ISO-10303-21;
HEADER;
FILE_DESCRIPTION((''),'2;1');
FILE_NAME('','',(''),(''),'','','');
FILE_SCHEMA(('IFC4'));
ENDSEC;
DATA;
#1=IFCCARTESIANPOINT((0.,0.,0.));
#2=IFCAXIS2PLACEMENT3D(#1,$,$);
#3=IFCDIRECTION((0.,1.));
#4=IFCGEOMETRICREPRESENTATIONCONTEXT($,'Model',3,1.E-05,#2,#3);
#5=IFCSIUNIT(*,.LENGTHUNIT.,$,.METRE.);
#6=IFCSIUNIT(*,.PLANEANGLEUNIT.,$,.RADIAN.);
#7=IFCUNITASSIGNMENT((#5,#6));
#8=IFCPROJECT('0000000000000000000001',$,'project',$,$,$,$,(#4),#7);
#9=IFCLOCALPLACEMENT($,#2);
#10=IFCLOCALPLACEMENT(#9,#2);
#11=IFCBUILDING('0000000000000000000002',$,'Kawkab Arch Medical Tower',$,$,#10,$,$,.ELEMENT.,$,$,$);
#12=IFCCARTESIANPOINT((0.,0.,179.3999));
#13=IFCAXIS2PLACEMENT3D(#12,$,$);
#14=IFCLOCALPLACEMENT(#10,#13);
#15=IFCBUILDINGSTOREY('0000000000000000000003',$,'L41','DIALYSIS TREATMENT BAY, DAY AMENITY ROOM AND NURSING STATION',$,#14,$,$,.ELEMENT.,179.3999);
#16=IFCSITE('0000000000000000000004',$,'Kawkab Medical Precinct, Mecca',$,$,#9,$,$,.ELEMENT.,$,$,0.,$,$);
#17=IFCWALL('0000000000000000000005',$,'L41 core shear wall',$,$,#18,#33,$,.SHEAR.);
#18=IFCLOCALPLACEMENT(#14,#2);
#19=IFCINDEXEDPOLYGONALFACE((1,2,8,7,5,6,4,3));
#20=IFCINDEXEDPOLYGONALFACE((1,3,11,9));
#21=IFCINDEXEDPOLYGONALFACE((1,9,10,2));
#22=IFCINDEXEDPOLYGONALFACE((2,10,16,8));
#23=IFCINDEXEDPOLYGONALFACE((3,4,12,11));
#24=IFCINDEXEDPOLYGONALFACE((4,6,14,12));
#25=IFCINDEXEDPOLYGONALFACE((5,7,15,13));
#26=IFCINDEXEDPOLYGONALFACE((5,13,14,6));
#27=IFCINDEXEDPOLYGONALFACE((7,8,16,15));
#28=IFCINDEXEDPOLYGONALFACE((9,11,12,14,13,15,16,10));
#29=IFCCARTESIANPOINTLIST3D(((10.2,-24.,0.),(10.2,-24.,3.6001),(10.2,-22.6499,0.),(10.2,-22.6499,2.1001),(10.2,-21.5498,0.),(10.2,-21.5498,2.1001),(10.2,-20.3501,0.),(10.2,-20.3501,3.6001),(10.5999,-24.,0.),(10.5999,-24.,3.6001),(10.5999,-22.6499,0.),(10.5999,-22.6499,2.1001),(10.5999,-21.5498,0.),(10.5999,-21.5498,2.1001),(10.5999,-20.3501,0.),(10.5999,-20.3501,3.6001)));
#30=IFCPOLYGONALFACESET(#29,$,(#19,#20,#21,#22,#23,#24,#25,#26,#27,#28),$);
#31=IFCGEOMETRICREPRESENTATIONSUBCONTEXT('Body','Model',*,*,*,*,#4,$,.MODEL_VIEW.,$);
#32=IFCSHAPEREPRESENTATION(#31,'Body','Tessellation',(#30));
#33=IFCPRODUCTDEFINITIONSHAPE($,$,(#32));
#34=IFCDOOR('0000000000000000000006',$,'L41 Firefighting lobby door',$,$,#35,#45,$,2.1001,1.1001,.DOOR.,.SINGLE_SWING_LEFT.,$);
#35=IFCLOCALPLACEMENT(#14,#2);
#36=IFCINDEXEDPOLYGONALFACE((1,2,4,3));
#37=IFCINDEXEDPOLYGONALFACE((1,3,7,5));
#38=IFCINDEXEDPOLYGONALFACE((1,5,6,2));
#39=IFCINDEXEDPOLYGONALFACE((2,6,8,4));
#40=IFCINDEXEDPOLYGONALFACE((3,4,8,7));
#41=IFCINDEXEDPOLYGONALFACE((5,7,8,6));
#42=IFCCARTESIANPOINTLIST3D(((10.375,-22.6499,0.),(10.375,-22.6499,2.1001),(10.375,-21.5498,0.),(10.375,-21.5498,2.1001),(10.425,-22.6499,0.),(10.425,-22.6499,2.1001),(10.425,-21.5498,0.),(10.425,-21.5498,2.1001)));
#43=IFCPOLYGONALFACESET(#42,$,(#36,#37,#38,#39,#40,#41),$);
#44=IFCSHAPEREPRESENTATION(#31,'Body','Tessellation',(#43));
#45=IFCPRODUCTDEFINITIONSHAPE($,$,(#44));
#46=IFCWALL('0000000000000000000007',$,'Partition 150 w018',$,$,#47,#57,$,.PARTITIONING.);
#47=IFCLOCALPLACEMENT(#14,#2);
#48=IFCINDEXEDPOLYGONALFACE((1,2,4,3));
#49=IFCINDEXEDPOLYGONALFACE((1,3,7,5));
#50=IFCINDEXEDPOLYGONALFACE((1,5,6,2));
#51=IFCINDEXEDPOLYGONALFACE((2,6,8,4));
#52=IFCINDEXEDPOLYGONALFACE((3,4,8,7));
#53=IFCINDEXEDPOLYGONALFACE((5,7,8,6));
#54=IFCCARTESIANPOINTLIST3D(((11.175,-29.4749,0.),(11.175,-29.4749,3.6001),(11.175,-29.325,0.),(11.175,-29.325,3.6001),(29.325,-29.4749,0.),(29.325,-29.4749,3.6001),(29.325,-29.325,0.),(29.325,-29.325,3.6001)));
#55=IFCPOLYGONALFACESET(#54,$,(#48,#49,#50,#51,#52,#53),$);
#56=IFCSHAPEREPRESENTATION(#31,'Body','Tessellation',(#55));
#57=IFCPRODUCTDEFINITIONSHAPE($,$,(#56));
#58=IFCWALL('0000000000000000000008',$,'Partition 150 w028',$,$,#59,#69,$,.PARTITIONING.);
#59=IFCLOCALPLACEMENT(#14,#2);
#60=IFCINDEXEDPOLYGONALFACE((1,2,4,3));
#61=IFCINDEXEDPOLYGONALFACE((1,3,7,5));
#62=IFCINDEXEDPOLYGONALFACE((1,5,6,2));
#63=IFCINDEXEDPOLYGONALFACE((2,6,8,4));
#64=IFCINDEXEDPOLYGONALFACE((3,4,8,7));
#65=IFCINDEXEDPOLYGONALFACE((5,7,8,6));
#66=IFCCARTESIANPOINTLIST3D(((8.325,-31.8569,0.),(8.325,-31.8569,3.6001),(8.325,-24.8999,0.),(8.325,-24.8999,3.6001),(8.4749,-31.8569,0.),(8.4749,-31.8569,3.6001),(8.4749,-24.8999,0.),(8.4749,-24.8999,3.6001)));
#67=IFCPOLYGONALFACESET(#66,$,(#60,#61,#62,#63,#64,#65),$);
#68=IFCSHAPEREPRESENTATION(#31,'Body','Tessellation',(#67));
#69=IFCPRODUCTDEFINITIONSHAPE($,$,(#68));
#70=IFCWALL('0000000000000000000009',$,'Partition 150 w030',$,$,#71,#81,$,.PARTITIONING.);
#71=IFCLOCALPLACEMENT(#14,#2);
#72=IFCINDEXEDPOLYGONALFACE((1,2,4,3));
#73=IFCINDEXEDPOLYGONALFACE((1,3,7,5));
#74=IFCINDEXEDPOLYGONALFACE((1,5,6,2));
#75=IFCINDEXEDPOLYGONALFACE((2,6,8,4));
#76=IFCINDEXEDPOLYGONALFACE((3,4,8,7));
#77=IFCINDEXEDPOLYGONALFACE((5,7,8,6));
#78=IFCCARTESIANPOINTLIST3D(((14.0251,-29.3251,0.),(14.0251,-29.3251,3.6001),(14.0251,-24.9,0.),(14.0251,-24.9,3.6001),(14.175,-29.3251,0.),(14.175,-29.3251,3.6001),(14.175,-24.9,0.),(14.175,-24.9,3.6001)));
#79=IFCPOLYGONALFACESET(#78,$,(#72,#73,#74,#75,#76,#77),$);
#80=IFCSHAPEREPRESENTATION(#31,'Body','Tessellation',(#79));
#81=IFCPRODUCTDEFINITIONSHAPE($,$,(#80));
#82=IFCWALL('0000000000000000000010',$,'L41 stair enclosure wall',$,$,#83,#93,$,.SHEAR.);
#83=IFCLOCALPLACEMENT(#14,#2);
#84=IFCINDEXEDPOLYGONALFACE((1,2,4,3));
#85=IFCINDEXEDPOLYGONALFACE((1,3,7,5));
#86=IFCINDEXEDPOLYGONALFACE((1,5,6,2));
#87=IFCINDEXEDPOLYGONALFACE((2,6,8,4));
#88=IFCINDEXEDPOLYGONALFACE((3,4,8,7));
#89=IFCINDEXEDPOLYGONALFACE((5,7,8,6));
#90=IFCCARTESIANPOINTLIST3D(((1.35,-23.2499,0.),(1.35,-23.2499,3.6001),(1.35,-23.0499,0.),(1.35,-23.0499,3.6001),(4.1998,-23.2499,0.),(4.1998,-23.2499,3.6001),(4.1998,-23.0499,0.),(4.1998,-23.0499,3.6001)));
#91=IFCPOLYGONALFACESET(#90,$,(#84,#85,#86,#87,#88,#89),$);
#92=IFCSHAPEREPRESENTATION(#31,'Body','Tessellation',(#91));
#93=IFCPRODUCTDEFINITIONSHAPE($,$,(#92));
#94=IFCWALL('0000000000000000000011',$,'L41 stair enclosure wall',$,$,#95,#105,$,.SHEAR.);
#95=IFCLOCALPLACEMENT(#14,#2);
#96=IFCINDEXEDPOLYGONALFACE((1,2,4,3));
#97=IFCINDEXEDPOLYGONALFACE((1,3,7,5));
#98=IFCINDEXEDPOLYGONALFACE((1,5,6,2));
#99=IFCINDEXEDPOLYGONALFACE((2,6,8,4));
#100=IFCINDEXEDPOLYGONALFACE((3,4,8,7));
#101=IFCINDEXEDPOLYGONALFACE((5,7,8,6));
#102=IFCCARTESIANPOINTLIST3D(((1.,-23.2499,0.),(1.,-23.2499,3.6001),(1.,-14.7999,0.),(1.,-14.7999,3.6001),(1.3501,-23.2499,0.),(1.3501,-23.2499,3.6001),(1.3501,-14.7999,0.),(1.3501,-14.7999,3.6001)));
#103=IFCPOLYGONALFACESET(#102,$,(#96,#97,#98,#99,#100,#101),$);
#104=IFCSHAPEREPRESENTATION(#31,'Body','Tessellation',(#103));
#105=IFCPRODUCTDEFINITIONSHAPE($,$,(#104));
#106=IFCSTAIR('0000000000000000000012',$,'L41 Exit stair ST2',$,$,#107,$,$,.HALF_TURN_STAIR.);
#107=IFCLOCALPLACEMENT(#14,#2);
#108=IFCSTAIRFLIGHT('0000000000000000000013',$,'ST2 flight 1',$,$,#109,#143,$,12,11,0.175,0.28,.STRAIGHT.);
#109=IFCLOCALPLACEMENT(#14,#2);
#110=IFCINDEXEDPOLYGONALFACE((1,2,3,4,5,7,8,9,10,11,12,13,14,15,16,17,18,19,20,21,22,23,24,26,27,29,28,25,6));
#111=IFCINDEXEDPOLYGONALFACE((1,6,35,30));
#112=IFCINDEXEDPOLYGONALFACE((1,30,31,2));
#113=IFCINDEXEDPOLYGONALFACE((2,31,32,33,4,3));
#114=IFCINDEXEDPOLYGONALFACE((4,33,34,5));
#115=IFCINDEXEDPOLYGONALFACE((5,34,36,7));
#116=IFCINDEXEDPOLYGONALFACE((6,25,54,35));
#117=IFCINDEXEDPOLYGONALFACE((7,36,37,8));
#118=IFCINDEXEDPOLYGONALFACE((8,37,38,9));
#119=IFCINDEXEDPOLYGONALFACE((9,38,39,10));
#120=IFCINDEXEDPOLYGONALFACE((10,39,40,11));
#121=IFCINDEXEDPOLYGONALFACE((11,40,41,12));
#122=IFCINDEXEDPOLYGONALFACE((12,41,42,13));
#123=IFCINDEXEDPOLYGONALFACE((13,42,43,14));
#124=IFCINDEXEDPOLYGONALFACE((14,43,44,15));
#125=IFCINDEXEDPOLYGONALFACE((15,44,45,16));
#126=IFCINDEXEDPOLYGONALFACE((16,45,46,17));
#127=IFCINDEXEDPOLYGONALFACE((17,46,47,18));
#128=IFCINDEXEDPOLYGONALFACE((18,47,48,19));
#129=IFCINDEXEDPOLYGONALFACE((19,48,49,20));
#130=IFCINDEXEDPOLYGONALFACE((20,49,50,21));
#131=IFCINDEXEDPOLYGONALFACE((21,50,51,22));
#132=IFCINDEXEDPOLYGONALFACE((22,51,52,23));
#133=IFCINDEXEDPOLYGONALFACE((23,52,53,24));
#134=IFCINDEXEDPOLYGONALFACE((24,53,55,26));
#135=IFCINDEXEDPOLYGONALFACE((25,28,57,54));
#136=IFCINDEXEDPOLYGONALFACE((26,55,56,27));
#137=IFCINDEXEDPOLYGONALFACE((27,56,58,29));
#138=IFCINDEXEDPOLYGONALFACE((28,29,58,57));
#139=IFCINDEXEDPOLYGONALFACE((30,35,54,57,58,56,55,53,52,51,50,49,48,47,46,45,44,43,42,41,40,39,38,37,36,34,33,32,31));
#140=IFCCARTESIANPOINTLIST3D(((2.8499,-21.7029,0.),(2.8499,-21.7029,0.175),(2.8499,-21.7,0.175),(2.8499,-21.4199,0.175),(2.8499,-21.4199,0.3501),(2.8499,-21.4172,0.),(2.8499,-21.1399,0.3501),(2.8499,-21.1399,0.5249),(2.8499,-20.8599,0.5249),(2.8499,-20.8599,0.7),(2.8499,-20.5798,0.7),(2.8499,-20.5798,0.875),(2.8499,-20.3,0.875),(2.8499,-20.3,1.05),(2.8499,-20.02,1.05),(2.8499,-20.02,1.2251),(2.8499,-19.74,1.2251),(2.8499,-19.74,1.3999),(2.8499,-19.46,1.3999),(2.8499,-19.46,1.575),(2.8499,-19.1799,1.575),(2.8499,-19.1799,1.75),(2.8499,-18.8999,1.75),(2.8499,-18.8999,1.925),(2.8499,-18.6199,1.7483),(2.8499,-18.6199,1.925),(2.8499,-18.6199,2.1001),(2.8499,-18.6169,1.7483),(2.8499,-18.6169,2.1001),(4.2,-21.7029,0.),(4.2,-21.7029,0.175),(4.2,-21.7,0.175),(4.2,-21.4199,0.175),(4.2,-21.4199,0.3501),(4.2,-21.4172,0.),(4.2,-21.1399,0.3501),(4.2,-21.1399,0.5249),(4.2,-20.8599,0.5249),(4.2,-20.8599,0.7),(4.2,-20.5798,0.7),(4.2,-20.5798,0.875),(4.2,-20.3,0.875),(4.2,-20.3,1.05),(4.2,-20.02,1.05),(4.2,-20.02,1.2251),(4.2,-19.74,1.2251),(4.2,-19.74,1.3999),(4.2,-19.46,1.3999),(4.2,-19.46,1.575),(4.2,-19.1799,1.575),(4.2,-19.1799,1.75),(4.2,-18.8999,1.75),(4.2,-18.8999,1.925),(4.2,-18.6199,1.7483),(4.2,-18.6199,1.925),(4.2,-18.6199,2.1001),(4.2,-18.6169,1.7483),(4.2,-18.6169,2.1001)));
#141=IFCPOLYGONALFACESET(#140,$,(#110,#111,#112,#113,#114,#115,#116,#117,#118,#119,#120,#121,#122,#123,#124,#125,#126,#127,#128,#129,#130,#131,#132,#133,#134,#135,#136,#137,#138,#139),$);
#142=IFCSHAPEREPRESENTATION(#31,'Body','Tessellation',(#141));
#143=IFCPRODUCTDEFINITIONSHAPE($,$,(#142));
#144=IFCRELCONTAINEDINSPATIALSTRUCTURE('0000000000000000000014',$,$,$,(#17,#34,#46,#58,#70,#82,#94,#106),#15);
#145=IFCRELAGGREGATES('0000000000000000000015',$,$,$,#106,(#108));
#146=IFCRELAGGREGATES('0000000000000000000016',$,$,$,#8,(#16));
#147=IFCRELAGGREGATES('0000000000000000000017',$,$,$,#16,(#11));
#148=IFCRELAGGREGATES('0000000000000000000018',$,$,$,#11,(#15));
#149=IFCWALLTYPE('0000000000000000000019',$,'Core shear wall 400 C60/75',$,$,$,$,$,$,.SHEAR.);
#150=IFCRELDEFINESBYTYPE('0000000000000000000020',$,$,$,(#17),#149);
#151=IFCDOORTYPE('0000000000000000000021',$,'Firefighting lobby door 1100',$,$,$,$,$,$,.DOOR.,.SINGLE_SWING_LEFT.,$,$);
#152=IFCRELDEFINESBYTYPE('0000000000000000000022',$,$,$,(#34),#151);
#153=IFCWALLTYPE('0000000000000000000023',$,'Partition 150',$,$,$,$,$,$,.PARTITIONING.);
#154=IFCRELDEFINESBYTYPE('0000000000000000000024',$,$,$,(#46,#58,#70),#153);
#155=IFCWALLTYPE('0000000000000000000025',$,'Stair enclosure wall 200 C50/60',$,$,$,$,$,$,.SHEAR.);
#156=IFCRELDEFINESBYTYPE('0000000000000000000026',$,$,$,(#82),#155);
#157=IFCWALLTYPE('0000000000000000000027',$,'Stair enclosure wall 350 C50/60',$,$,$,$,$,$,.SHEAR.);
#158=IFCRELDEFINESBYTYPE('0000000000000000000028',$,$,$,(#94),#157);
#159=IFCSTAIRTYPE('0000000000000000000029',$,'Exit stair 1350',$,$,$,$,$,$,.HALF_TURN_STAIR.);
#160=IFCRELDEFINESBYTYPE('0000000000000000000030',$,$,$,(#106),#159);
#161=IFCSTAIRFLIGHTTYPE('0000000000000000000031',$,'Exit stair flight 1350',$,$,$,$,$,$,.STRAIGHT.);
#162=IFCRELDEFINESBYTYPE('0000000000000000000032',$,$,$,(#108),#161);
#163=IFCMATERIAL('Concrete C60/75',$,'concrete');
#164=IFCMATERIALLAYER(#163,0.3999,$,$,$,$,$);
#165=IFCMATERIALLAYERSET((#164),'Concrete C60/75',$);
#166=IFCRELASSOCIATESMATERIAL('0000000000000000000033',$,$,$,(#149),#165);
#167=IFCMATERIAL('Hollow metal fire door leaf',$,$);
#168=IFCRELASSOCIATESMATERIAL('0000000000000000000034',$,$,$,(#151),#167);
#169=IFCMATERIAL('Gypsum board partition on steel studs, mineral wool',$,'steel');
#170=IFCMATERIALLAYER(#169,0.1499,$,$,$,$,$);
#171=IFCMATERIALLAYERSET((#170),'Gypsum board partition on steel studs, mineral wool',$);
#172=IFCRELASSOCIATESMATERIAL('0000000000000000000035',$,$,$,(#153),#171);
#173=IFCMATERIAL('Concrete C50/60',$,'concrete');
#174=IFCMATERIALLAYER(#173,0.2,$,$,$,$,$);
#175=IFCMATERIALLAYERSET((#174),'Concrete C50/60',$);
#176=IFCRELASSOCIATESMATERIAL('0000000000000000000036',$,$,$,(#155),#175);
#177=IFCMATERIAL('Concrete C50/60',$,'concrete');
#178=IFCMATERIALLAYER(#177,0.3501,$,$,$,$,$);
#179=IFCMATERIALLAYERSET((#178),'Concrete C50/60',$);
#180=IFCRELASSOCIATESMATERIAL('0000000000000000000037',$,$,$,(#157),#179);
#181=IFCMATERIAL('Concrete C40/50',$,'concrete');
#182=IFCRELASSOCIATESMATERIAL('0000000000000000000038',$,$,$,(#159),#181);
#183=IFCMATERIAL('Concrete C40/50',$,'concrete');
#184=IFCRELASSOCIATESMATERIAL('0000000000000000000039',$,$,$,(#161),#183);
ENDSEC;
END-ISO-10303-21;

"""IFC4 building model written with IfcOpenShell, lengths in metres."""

from ifc_helpers import new_model, si_unit, direction, frame, frame_2d, origin, place, context, subcontext, project, spatial, polyline, rectangle, outline, extrude, material, layer, layer_set, type_object, element, fill, aggregate, save


model = new_model("IFC4")

# Units and contexts
model_context = context("Model", 3, precision=1e-05, world=origin(), true_north=direction((0.0, 1.0)))
body_context = subcontext(model_context, "Body", "Model", "MODEL_VIEW")
ifc_project = project(units=[si_unit("LENGTHUNIT", "METRE"), si_unit("PLANEANGLEUNIT", "RADIAN")], contexts=[model_context])

# Site, building, storey
site_placement = place(None, origin())
site = spatial("IfcSite", under=ifc_project, at=site_placement, Name="Kawkab Medical Precinct, Mecca", CompositionType="ELEMENT", RefElevation=0.0)
building_placement = place(site_placement, origin())
building = spatial("IfcBuilding", under=site, at=building_placement, Name="Kawkab Arch Medical Tower", CompositionType="ELEMENT")
storey_placement = place(building_placement, frame((0.0, 0.0, 179.3999)))
storey = spatial("IfcBuildingStorey", under=building, at=storey_placement, Name="L41", Description="DIALYSIS TREATMENT BAY, DAY AMENITY ROOM AND NURSING STATION", CompositionType="ELEMENT", Elevation=179.3999)

# Wall, opening, door
ifc_material_1 = material(Name="Concrete C60/75", Category="concrete")
ifc_layer_1 = layer(ifc_material_1, 0.3999)
ifc_layer_set_1 = layer_set([ifc_layer_1], Name="Concrete C60/75")
wall_type_1 = type_object("IfcWallType", Name="Core shear wall 400 C60/75", PredefinedType="SHEAR", material=ifc_layer_set_1)
wall_1_placement = place(storey_placement, frame((10.3999, -24.0, 0.0), z_axis=(0.0, 0.0, 1.0), x_axis=(0.0, 1.0, 0.0)))
wall_1 = element("IfcWall", 1, at=wall_1_placement, inside=storey, type_object=wall_type_1, Name="L41 core shear wall", PredefinedType="SHEAR", context=body_context, shape_type="SweptSolid", body=[
    extrude(rectangle(XDim=3.6499, YDim=0.3999, at=frame_2d((1.825, 0.0))), origin(), (0.0, 0.0, 1.0), 3.6001),
])
opening_1_placement = place(wall_1_placement, frame((1.3501, 0.0, 0.0)))
opening_1 = element("IfcOpeningElement", 2, at=opening_1_placement, cuts=wall_1, PredefinedType="OPENING", context=body_context, shape_type="SweptSolid", body=[
    extrude(rectangle(XDim=1.1001, YDim=2.1001, at=frame_2d((0.55, 1.05))), frame((0.0, 0.21, 0.0), z_axis=(0.0, -1.0, 0.0), x_axis=(1.0, 0.0, 0.0)), (0.0, 0.0, 1.0), 0.4199),
])
ifc_material_2 = material(Name="Hollow metal fire door leaf")
door_type_1 = type_object("IfcDoorType", Name="Firefighting lobby door 1100", OperationType="SINGLE_SWING_LEFT", PredefinedType="DOOR", material=ifc_material_2)
door_1_placement = place(opening_1_placement, origin())
door_1 = element("IfcDoor", 3, at=door_1_placement, inside=storey, type_object=door_type_1, Name="L41 Firefighting lobby door", OperationType="SINGLE_SWING_LEFT", OverallHeight=2.1001, OverallWidth=1.1001, PredefinedType="DOOR", context=body_context, shape_type="SweptSolid", body=[
    extrude(rectangle(XDim=1.1001, YDim=2.1001, at=frame_2d((0.55, 1.05))), frame((0.0, 0.0249, 0.0), z_axis=(0.0, -1.0, 0.0), x_axis=(1.0, 0.0, 0.0)), (0.0, 0.0, 1.0), 0.05),
])
fill(opening_1, door_1)

# Walls
ifc_material_3 = material(Name="Gypsum board partition on steel studs, mineral wool", Category="steel")
ifc_layer_2 = layer(ifc_material_3, 0.1499)
ifc_layer_set_2 = layer_set([ifc_layer_2], Name="Gypsum board partition on steel studs, mineral wool")
wall_type_2 = type_object("IfcWallType", Name="Partition 150", PredefinedType="PARTITIONING", material=ifc_layer_set_2)
wall_2_placement = place(storey_placement, frame((11.175, -29.3999, 0.0), z_axis=(0.0, 0.0, 1.0), x_axis=(1.0, 0.0, 0.0)))
element("IfcWall", 4, at=wall_2_placement, inside=storey, type_object=wall_type_2, Name="Partition 150 w018", PredefinedType="PARTITIONING", context=body_context, shape_type="SweptSolid", body=[
    extrude(rectangle(XDim=18.1499, YDim=0.1499, at=frame_2d((9.075, 0.0))), origin(), (0.0, 0.0, 1.0), 3.6001),
])
wall_3_placement = place(storey_placement, frame((8.3999, -31.8569, 0.0), z_axis=(0.0, 0.0, 1.0), x_axis=(0.0, 1.0, 0.0)))
element("IfcWall", 5, at=wall_3_placement, inside=storey, type_object=wall_type_2, Name="Partition 150 w028", PredefinedType="PARTITIONING", context=body_context, shape_type="SweptSolid", body=[
    extrude(rectangle(XDim=6.957, YDim=0.1499, at=frame_2d((3.4785, 0.0))), origin(), (0.0, 0.0, 1.0), 3.6001),
])
wall_4_placement = place(storey_placement, frame((14.1001, -29.325, 0.0), z_axis=(0.0, 0.0, 1.0), x_axis=(0.0, 1.0, 0.0)))
element("IfcWall", 6, at=wall_4_placement, inside=storey, type_object=wall_type_2, Name="Partition 150 w030", PredefinedType="PARTITIONING", context=body_context, shape_type="SweptSolid", body=[
    extrude(rectangle(XDim=4.425, YDim=0.1499, at=frame_2d((2.2124, 0.0))), origin(), (0.0, 0.0, 1.0), 3.6001),
])
ifc_material_4 = material(Name="Concrete C50/60", Category="concrete")
ifc_layer_3 = layer(ifc_material_4, 0.2)
ifc_layer_set_3 = layer_set([ifc_layer_3], Name="Concrete C50/60")
wall_type_3 = type_object("IfcWallType", Name="Stair enclosure wall 200 C50/60", PredefinedType="SHEAR", material=ifc_layer_set_3)
wall_5_placement = place(storey_placement, frame((1.3501, -23.1499, 0.0), z_axis=(0.0, 0.0, 1.0), x_axis=(1.0, 0.0, 0.0)))
element("IfcWall", 7, at=wall_5_placement, inside=storey, type_object=wall_type_3, Name="L41 stair enclosure wall", PredefinedType="SHEAR", context=body_context, shape_type="SweptSolid", body=[
    extrude(rectangle(XDim=2.8499, YDim=0.2, at=frame_2d((1.4248, 0.0))), origin(), (0.0, 0.0, 1.0), 3.6001),
])
ifc_material_5 = material(Name="Concrete C50/60", Category="concrete")
ifc_layer_4 = layer(ifc_material_5, 0.3501)
ifc_layer_set_4 = layer_set([ifc_layer_4], Name="Concrete C50/60")
wall_type_4 = type_object("IfcWallType", Name="Stair enclosure wall 350 C50/60", PredefinedType="SHEAR", material=ifc_layer_set_4)
wall_6_placement = place(storey_placement, frame((1.175, -23.25, 0.0), z_axis=(0.0, 0.0, 1.0), x_axis=(0.0, 1.0, 0.0)))
element("IfcWall", 8, at=wall_6_placement, inside=storey, type_object=wall_type_4, Name="L41 stair enclosure wall", PredefinedType="SHEAR", context=body_context, shape_type="SweptSolid", body=[
    extrude(rectangle(XDim=8.45, YDim=0.3501, at=frame_2d((4.2251, 0.0))), origin(), (0.0, 0.0, 1.0), 3.6001),
])

# Stair, stair flight
ifc_material_6 = material(Name="Concrete C40/50", Category="concrete")
stair_type = type_object("IfcStairType", Name="Exit stair 1350", PredefinedType="HALF_TURN_STAIR", material=ifc_material_6)
stair_placement = place(storey_placement, origin())
stair = element("IfcStair", 9, at=stair_placement, inside=storey, type_object=stair_type, Name="L41 Exit stair ST2", PredefinedType="HALF_TURN_STAIR")
ifc_material_7 = material(Name="Concrete C40/50", Category="concrete")
stair_flight_type = type_object("IfcStairFlightType", Name="Exit stair flight 1350", PredefinedType="STRAIGHT", material=ifc_material_7)
stair_flight_placement = place(storey_placement, frame((3.5249, -21.7, 0.0), z_axis=(0.0, 0.0, 1.0), x_axis=(0.0, 1.0, 0.0)))
stair_flight = element("IfcStairFlight", 10, at=stair_flight_placement, type_object=stair_flight_type, Name="ST2 flight 1", NumberOfRisers=12, NumberOfTreads=11, PredefinedType="STRAIGHT", RiserHeight=0.175, TreadLength=0.28, context=body_context, shape_type="SweptSolid", body=[
    extrude(outline(polyline([(-0.0029, 0.0), (-0.0029, 0.175), (0.0, 0.175), (0.28, 0.175), (0.28, 0.3501), (0.5601, 0.3501), (0.5601, 0.5249), (0.8401, 0.5249), (0.8401, 0.7), (1.1201, 0.7), (1.1201, 0.875), (1.3999, 0.875), (1.3999, 1.05), (1.6799, 1.05), (1.6799, 1.2251), (1.96, 1.2251), (1.96, 1.3999), (2.24, 1.3999), (2.24, 1.575), (2.52, 1.575), (2.52, 1.75), (2.8, 1.75), (2.8, 1.925), (3.0801, 1.925), (3.0801, 2.1001), (3.083, 2.1001), (3.083, 1.7483), (3.0801, 1.7483), (0.2827, 0.0), (-0.0029, 0.0)])), frame((0.0, 0.675, 0.0), z_axis=(0.0, -1.0, 0.0), x_axis=(1.0, 0.0, 0.0)), (0.0, 0.0, 1.0), 1.3501),
])
aggregate(stair, [stair_flight])

save(model, "model.ifc")
